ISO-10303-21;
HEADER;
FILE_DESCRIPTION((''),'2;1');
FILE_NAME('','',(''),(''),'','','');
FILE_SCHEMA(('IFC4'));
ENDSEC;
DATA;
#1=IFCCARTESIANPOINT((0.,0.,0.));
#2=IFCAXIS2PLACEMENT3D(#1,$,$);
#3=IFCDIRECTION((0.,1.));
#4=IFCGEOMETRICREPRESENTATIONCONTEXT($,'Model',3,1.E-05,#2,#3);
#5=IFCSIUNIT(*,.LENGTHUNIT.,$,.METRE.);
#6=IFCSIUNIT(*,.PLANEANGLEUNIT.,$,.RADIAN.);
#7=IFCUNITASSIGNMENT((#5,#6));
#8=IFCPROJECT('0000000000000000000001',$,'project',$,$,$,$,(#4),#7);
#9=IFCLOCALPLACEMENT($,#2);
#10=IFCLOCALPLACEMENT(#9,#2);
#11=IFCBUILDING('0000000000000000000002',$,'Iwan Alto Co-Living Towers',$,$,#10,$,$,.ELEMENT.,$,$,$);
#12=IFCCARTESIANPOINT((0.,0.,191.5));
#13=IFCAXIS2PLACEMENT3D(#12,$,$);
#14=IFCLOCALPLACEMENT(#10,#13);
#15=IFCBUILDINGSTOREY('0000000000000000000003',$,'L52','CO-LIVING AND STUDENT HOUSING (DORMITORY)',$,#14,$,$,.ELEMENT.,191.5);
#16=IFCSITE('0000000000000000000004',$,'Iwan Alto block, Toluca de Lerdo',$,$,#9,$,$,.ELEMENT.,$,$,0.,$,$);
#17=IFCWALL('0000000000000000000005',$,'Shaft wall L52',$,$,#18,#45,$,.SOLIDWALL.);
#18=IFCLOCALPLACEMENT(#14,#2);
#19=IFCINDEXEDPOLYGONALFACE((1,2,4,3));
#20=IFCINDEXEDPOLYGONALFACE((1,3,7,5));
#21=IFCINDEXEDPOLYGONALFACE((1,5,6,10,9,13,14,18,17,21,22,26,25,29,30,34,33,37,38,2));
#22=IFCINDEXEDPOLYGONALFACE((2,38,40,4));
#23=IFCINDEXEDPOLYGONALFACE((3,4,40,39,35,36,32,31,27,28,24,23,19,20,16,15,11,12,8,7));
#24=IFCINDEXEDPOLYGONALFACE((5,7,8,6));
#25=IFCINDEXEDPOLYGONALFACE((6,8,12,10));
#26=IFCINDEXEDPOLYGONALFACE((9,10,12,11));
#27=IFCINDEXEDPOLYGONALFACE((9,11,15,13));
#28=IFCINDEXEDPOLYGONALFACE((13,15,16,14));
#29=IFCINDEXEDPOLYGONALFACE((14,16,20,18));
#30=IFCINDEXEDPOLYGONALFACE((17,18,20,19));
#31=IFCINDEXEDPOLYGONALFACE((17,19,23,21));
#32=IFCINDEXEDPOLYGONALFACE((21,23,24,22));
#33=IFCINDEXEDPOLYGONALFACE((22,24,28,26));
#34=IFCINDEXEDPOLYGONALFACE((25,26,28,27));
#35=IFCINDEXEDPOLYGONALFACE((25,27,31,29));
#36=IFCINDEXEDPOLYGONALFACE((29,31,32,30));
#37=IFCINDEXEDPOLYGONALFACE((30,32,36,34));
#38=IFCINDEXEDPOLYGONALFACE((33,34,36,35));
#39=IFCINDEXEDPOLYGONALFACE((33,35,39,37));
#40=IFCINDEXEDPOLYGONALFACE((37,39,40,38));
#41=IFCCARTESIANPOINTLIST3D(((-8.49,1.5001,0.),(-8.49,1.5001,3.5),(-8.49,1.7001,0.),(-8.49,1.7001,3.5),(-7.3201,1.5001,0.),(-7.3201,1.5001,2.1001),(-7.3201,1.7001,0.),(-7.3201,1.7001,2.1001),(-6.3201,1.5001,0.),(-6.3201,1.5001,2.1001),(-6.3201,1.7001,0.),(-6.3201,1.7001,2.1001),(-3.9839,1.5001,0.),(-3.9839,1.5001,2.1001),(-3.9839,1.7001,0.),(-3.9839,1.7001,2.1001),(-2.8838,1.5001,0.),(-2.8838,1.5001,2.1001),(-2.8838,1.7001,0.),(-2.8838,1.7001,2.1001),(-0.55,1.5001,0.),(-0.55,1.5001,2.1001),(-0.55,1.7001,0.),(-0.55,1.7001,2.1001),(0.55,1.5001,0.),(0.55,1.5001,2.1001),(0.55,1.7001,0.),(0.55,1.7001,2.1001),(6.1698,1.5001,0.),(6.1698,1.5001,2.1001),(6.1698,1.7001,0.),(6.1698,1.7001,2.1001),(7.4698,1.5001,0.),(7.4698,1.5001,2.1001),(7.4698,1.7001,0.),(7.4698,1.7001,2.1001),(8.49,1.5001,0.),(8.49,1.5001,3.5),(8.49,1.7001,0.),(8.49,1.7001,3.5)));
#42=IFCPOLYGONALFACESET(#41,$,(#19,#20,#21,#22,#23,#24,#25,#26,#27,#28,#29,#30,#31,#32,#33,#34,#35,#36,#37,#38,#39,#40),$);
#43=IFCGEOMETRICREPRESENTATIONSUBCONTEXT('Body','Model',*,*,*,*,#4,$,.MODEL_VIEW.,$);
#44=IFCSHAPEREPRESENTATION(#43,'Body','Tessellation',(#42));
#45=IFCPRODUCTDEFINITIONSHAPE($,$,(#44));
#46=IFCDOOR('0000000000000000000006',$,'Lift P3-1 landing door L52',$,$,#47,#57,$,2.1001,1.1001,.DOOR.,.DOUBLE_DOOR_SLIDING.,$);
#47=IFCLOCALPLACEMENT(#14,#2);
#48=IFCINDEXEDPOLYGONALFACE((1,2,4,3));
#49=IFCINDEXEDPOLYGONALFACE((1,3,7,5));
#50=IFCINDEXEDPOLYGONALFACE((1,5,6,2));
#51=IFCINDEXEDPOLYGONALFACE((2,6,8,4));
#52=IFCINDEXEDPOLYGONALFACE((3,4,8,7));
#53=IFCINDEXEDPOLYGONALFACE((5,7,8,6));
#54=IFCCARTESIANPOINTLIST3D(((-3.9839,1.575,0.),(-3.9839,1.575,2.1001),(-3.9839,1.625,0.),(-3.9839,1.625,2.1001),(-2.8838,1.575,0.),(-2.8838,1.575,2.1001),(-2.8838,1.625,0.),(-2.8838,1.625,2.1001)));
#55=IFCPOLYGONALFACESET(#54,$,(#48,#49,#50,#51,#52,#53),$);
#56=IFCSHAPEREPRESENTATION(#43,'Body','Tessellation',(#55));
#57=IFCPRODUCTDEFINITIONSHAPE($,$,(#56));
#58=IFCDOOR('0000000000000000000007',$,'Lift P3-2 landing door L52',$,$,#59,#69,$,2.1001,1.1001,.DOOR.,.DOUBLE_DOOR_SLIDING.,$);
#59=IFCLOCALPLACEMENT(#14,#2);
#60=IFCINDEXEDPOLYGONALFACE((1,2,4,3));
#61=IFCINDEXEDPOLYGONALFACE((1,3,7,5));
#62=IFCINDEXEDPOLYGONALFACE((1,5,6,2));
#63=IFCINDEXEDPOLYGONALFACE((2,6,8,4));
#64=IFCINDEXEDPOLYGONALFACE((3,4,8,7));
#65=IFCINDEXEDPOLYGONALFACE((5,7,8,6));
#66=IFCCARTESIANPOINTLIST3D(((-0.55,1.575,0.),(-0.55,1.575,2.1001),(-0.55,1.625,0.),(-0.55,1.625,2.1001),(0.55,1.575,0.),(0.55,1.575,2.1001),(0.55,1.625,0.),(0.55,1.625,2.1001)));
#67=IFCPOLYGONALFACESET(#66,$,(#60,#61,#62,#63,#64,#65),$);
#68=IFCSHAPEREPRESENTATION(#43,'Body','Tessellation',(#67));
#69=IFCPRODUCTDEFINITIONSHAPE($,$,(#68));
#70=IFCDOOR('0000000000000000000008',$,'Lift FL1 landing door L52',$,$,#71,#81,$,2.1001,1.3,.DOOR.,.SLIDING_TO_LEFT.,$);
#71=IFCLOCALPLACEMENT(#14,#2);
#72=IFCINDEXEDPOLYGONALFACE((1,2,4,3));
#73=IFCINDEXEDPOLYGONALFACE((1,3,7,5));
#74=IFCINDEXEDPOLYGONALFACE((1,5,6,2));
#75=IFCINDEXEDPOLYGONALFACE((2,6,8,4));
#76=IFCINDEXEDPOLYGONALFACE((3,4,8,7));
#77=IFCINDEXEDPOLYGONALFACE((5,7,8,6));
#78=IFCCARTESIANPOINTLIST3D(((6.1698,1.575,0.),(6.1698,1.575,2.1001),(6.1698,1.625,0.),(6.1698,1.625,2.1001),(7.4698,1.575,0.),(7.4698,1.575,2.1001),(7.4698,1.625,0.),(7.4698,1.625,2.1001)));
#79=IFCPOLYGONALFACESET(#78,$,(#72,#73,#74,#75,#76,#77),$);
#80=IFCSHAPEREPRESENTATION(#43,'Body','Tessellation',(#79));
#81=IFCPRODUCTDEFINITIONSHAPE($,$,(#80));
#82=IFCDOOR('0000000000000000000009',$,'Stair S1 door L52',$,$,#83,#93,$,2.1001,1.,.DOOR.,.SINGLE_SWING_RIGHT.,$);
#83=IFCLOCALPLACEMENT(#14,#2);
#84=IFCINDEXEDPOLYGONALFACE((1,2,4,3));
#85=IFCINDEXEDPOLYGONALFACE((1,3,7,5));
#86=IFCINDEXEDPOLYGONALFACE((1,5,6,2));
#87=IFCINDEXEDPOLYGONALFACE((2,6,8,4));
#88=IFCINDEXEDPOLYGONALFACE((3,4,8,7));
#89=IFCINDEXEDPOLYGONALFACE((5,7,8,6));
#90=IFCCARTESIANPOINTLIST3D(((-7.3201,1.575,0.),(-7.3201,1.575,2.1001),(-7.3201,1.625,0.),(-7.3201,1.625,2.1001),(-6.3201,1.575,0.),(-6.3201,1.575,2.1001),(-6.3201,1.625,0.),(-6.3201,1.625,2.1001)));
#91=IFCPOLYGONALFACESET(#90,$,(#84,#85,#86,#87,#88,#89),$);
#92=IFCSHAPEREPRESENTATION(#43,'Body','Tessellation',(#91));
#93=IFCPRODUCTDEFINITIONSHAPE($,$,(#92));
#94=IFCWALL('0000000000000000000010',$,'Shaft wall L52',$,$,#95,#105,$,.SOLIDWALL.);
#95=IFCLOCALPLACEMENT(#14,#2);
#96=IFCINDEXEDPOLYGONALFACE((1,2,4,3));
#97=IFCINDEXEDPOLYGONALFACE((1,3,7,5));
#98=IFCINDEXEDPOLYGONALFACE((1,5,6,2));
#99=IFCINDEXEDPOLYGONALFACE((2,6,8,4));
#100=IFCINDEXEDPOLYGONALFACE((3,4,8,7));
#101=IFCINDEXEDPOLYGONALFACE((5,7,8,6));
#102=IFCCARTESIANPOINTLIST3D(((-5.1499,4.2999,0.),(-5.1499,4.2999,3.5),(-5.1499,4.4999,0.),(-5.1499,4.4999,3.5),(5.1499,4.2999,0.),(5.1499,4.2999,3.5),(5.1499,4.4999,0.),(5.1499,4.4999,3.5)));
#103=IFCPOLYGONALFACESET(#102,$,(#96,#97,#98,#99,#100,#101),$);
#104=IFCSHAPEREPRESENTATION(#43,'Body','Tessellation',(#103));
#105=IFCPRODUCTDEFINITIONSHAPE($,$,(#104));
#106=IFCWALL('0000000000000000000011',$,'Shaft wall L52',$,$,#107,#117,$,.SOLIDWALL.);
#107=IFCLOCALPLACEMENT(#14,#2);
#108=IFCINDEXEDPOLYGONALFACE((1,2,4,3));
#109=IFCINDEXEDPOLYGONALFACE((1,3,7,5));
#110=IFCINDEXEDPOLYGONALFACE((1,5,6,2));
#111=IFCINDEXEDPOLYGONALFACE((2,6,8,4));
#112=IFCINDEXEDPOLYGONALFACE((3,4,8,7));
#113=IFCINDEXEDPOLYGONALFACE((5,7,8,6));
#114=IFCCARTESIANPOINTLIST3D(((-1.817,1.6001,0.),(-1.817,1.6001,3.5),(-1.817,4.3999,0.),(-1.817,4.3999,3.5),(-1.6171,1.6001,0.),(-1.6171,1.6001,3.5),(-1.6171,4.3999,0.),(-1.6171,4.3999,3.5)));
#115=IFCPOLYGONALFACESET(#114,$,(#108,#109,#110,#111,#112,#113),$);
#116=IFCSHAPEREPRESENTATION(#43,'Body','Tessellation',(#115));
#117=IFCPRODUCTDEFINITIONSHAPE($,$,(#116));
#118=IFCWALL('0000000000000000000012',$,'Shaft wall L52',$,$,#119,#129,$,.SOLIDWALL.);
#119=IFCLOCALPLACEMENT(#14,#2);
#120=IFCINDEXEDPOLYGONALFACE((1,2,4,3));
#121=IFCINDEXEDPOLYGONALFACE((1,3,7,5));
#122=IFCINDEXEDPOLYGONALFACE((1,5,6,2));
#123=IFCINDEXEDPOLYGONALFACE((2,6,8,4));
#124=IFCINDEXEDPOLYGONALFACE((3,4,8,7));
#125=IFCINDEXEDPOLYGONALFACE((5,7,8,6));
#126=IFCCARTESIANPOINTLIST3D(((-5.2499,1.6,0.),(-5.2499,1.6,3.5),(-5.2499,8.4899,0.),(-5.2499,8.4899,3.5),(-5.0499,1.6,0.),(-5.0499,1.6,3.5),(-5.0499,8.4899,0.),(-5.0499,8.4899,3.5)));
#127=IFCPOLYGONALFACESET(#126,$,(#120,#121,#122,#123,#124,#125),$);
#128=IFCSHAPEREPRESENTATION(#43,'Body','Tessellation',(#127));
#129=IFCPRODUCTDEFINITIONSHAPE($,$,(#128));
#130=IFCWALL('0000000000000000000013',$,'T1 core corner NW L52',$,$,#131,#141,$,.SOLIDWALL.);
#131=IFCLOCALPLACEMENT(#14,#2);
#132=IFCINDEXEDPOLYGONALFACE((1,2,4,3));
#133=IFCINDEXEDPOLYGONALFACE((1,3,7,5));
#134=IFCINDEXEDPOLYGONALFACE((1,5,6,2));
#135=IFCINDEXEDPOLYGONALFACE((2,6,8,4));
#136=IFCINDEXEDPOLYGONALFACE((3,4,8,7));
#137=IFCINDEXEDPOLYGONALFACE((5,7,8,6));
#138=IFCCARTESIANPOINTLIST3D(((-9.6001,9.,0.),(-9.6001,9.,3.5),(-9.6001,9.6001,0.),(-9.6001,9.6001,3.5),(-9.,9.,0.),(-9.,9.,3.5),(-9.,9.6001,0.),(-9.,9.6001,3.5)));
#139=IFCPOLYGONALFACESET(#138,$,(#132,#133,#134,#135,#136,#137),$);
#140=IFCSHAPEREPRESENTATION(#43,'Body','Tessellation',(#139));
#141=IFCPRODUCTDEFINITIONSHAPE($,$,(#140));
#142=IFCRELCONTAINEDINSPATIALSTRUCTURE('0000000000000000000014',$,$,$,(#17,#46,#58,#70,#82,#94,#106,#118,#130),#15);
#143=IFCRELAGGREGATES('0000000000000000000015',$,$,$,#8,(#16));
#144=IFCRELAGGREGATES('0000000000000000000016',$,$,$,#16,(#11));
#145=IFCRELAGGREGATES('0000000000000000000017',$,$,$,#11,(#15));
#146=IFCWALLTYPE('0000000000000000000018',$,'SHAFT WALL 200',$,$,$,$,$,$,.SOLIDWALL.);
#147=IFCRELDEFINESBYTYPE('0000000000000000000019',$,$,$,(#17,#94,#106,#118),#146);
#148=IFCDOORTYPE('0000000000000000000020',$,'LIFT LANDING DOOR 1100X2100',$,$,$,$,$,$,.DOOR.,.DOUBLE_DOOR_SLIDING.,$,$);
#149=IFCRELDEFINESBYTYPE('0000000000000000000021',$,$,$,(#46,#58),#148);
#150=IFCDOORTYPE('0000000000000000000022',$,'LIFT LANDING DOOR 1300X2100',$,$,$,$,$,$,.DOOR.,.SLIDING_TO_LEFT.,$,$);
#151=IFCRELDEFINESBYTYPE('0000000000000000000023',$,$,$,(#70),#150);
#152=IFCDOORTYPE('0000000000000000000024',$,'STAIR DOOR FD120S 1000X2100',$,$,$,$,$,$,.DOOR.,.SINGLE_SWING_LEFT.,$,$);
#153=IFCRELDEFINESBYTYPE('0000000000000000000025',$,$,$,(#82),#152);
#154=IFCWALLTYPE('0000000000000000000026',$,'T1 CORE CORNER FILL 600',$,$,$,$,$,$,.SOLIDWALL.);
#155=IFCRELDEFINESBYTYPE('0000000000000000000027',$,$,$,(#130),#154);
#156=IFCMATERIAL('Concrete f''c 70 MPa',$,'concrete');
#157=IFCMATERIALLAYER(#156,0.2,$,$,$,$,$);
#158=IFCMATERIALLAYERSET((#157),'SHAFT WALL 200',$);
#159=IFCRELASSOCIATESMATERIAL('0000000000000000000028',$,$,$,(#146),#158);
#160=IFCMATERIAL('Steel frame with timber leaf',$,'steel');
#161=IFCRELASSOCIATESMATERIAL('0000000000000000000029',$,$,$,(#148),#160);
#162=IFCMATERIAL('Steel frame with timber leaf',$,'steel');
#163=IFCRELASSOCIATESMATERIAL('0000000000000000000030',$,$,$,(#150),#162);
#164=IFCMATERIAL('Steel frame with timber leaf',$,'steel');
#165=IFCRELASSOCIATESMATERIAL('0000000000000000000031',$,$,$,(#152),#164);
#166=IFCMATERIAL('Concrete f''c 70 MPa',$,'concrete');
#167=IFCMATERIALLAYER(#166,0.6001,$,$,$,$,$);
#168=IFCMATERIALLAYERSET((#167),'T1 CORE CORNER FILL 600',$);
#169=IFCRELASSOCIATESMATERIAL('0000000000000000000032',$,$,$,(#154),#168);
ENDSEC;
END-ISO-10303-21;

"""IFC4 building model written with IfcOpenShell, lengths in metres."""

from ifc_helpers import new_model, si_unit, direction, frame, frame_2d, origin, place, context, subcontext, project, spatial, rectangle, extrude, material, layer, layer_set, type_object, element, fill, save


model = new_model("IFC4")

# Units and contexts
model_context = context("Model", 3, precision=1e-05, world=origin(), true_north=direction((0.0, 1.0)))
body_context = subcontext(model_context, "Body", "Model", "MODEL_VIEW")
ifc_project = project(units=[si_unit("LENGTHUNIT", "METRE"), si_unit("PLANEANGLEUNIT", "RADIAN")], contexts=[model_context])

# Site, building, storey
site_placement = place(None, origin())
site = spatial("IfcSite", under=ifc_project, at=site_placement, Name="Iwan Alto block, Toluca de Lerdo", CompositionType="ELEMENT", RefElevation=0.0)
building_placement = place(site_placement, origin())
building = spatial("IfcBuilding", under=site, at=building_placement, Name="Iwan Alto Co-Living Towers", CompositionType="ELEMENT")
storey_placement = place(building_placement, frame((0.0, 0.0, 191.5)))
storey = spatial("IfcBuildingStorey", under=building, at=storey_placement, Name="L52", Description="CO-LIVING AND STUDENT HOUSING (DORMITORY)", CompositionType="ELEMENT", Elevation=191.5)

# Wall, openings, doors
ifc_material_1 = material(Name="Concrete f'c 70 MPa", Category="concrete")
ifc_layer_1 = layer(ifc_material_1, 0.2)
ifc_layer_set_1 = layer_set([ifc_layer_1], Name="SHAFT WALL 200")
wall_type_1 = type_object("IfcWallType", Name="SHAFT WALL 200", PredefinedType="SOLIDWALL", material=ifc_layer_set_1)
wall_1_placement = place(storey_placement, frame((-8.49, 1.6001, 0.0), z_axis=(0.0, 0.0, 1.0), x_axis=(1.0, 0.0, 0.0)))
wall_1 = element("IfcWall", 1, at=wall_1_placement, inside=storey, type_object=wall_type_1, Name="Shaft wall L52", PredefinedType="SOLIDWALL", context=body_context, shape_type="SweptSolid", body=[
    extrude(rectangle(XDim=16.98, YDim=0.2, at=frame_2d((8.49, 0.0))), origin(), (0.0, 0.0, 1.0), 3.5),
])
opening_1_placement = place(wall_1_placement, frame((1.1699, 0.0, 0.0)))
opening_1 = element("IfcOpeningElement", 2, at=opening_1_placement, cuts=wall_1, PredefinedType="OPENING", context=body_context, shape_type="SweptSolid", body=[
    extrude(rectangle(XDim=1.0, YDim=2.1001, at=frame_2d((0.5, 1.05))), frame((0.0, 0.1099, 0.0), z_axis=(0.0, -1.0, 0.0), x_axis=(1.0, 0.0, 0.0)), (0.0, 0.0, 1.0), 0.22),
])
opening_2_placement = place(wall_1_placement, frame((4.5061, 0.0, 0.0)))
opening_2 = element("IfcOpeningElement", 3, at=opening_2_placement, cuts=wall_1, PredefinedType="OPENING", context=body_context, shape_type="SweptSolid", body=[
    extrude(rectangle(XDim=1.1001, YDim=2.1001, at=frame_2d((0.55, 1.05))), frame((0.0, 0.1099, 0.0), z_axis=(0.0, -1.0, 0.0), x_axis=(1.0, 0.0, 0.0)), (0.0, 0.0, 1.0), 0.22),
])
opening_3_placement = place(wall_1_placement, frame((7.9399, 0.0, 0.0)))
opening_3 = element("IfcOpeningElement", 4, at=opening_3_placement, cuts=wall_1, PredefinedType="OPENING", context=body_context, shape_type="SweptSolid", body=[
    extrude(rectangle(XDim=1.1001, YDim=2.1001, at=frame_2d((0.55, 1.05))), frame((0.0, 0.1099, 0.0), z_axis=(0.0, -1.0, 0.0), x_axis=(1.0, 0.0, 0.0)), (0.0, 0.0, 1.0), 0.22),
])
opening_4_placement = place(wall_1_placement, frame((14.6599, 0.0, 0.0)))
opening_4 = element("IfcOpeningElement", 5, at=opening_4_placement, cuts=wall_1, PredefinedType="OPENING", context=body_context, shape_type="SweptSolid", body=[
    extrude(rectangle(XDim=1.3, YDim=2.1001, at=frame_2d((0.6499, 1.05))), frame((0.0, 0.1099, 0.0), z_axis=(0.0, -1.0, 0.0), x_axis=(1.0, 0.0, 0.0)), (0.0, 0.0, 1.0), 0.22),
])
ifc_material_2 = material(Name="Steel frame with timber leaf", Category="steel")
door_type_1 = type_object("IfcDoorType", Name="LIFT LANDING DOOR 1100X2100", OperationType="DOUBLE_DOOR_SLIDING", PredefinedType="DOOR", material=ifc_material_2)
door_1_placement = place(opening_2_placement, origin())
door_1 = element("IfcDoor", 6, at=door_1_placement, inside=storey, type_object=door_type_1, Name="Lift P3-1 landing door L52", OperationType="DOUBLE_DOOR_SLIDING", OverallHeight=2.1001, OverallWidth=1.1001, PredefinedType="DOOR", context=body_context, shape_type="SweptSolid", body=[
    extrude(rectangle(XDim=1.1001, YDim=2.1001, at=frame_2d((0.55, 1.05))), frame((0.0, 0.0249, 0.0), z_axis=(0.0, -1.0, 0.0), x_axis=(1.0, 0.0, 0.0)), (0.0, 0.0, 1.0), 0.05),
])
fill(opening_2, door_1)
door_2_placement = place(opening_3_placement, origin())
door_2 = element("IfcDoor", 7, at=door_2_placement, inside=storey, type_object=door_type_1, Name="Lift P3-2 landing door L52", OperationType="DOUBLE_DOOR_SLIDING", OverallHeight=2.1001, OverallWidth=1.1001, PredefinedType="DOOR", context=body_context, shape_type="SweptSolid", body=[
    extrude(rectangle(XDim=1.1001, YDim=2.1001, at=frame_2d((0.55, 1.05))), frame((0.0, 0.0249, 0.0), z_axis=(0.0, -1.0, 0.0), x_axis=(1.0, 0.0, 0.0)), (0.0, 0.0, 1.0), 0.05),
])
fill(opening_3, door_2)
ifc_material_3 = material(Name="Steel frame with timber leaf", Category="steel")
door_type_2 = type_object("IfcDoorType", Name="LIFT LANDING DOOR 1300X2100", OperationType="SLIDING_TO_LEFT", PredefinedType="DOOR", material=ifc_material_3)
door_3_placement = place(opening_4_placement, origin())
door_3 = element("IfcDoor", 8, at=door_3_placement, inside=storey, type_object=door_type_2, Name="Lift FL1 landing door L52", OperationType="SLIDING_TO_LEFT", OverallHeight=2.1001, OverallWidth=1.3, PredefinedType="DOOR", context=body_context, shape_type="SweptSolid", body=[
    extrude(rectangle(XDim=1.3, YDim=2.1001, at=frame_2d((0.6499, 1.05))), frame((0.0, 0.0249, 0.0), z_axis=(0.0, -1.0, 0.0), x_axis=(1.0, 0.0, 0.0)), (0.0, 0.0, 1.0), 0.05),
])
fill(opening_4, door_3)
ifc_material_4 = material(Name="Steel frame with timber leaf", Category="steel")
door_type_3 = type_object("IfcDoorType", Name="STAIR DOOR FD120S 1000X2100", OperationType="SINGLE_SWING_LEFT", PredefinedType="DOOR", material=ifc_material_4)
door_4_placement = place(opening_1_placement, origin())
door_4 = element("IfcDoor", 9, at=door_4_placement, inside=storey, type_object=door_type_3, Name="Stair S1 door L52", OperationType="SINGLE_SWING_RIGHT", OverallHeight=2.1001, OverallWidth=1.0, PredefinedType="DOOR", context=body_context, shape_type="SweptSolid", body=[
    extrude(rectangle(XDim=1.0, YDim=2.1001, at=frame_2d((0.5, 1.05))), frame((0.0, 0.0249, 0.0), z_axis=(0.0, -1.0, 0.0), x_axis=(1.0, 0.0, 0.0)), (0.0, 0.0, 1.0), 0.05),
])
fill(opening_1, door_4)

# Walls
wall_2_placement = place(storey_placement, frame((-5.1499, 4.3999, 0.0), z_axis=(0.0, 0.0, 1.0), x_axis=(1.0, 0.0, 0.0)))
element("IfcWall", 10, at=wall_2_placement, inside=storey, type_object=wall_type_1, Name="Shaft wall L52", PredefinedType="SOLIDWALL", context=body_context, shape_type="SweptSolid", body=[
    extrude(rectangle(XDim=10.2998, YDim=0.2, at=frame_2d((5.1499, 0.0))), origin(), (0.0, 0.0, 1.0), 3.5),
])
wall_3_placement = place(storey_placement, frame((-1.717, 1.6001, 0.0), z_axis=(0.0, 0.0, 1.0), x_axis=(0.0, 1.0, 0.0)))
element("IfcWall", 11, at=wall_3_placement, inside=storey, type_object=wall_type_1, Name="Shaft wall L52", PredefinedType="SOLIDWALL", context=body_context, shape_type="SweptSolid", body=[
    extrude(rectangle(XDim=2.7998, YDim=0.2, at=frame_2d((1.3999, 0.0))), origin(), (0.0, 0.0, 1.0), 3.5),
])
wall_4_placement = place(storey_placement, frame((-5.1499, 1.6001, 0.0), z_axis=(0.0, 0.0, 1.0), x_axis=(0.0, 1.0, 0.0)))
element("IfcWall", 12, at=wall_4_placement, inside=storey, type_object=wall_type_1, Name="Shaft wall L52", PredefinedType="SOLIDWALL", context=body_context, shape_type="SweptSolid", body=[
    extrude(rectangle(XDim=6.8899, YDim=0.2, at=frame_2d((3.4448, 0.0))), origin(), (0.0, 0.0, 1.0), 3.5),
])
ifc_material_5 = material(Name="Concrete f'c 70 MPa", Category="concrete")
ifc_layer_2 = layer(ifc_material_5, 0.6001)
ifc_layer_set_2 = layer_set([ifc_layer_2], Name="T1 CORE CORNER FILL 600")
wall_type_2 = type_object("IfcWallType", Name="T1 CORE CORNER FILL 600", PredefinedType="SOLIDWALL", material=ifc_layer_set_2)
wall_5_placement = place(storey_placement, frame((-9.6001, 9.3, 0.0), z_axis=(0.0, 0.0, 1.0), x_axis=(1.0, 0.0, 0.0)))
element("IfcWall", 13, at=wall_5_placement, inside=storey, type_object=wall_type_2, Name="T1 core corner NW L52", PredefinedType="SOLIDWALL", context=body_context, shape_type="SweptSolid", body=[
    extrude(rectangle(XDim=0.6001, YDim=0.6001, at=frame_2d((0.3, 0.0))), origin(), (0.0, 0.0, 1.0), 3.5),
])

save(model, "model.ifc")
